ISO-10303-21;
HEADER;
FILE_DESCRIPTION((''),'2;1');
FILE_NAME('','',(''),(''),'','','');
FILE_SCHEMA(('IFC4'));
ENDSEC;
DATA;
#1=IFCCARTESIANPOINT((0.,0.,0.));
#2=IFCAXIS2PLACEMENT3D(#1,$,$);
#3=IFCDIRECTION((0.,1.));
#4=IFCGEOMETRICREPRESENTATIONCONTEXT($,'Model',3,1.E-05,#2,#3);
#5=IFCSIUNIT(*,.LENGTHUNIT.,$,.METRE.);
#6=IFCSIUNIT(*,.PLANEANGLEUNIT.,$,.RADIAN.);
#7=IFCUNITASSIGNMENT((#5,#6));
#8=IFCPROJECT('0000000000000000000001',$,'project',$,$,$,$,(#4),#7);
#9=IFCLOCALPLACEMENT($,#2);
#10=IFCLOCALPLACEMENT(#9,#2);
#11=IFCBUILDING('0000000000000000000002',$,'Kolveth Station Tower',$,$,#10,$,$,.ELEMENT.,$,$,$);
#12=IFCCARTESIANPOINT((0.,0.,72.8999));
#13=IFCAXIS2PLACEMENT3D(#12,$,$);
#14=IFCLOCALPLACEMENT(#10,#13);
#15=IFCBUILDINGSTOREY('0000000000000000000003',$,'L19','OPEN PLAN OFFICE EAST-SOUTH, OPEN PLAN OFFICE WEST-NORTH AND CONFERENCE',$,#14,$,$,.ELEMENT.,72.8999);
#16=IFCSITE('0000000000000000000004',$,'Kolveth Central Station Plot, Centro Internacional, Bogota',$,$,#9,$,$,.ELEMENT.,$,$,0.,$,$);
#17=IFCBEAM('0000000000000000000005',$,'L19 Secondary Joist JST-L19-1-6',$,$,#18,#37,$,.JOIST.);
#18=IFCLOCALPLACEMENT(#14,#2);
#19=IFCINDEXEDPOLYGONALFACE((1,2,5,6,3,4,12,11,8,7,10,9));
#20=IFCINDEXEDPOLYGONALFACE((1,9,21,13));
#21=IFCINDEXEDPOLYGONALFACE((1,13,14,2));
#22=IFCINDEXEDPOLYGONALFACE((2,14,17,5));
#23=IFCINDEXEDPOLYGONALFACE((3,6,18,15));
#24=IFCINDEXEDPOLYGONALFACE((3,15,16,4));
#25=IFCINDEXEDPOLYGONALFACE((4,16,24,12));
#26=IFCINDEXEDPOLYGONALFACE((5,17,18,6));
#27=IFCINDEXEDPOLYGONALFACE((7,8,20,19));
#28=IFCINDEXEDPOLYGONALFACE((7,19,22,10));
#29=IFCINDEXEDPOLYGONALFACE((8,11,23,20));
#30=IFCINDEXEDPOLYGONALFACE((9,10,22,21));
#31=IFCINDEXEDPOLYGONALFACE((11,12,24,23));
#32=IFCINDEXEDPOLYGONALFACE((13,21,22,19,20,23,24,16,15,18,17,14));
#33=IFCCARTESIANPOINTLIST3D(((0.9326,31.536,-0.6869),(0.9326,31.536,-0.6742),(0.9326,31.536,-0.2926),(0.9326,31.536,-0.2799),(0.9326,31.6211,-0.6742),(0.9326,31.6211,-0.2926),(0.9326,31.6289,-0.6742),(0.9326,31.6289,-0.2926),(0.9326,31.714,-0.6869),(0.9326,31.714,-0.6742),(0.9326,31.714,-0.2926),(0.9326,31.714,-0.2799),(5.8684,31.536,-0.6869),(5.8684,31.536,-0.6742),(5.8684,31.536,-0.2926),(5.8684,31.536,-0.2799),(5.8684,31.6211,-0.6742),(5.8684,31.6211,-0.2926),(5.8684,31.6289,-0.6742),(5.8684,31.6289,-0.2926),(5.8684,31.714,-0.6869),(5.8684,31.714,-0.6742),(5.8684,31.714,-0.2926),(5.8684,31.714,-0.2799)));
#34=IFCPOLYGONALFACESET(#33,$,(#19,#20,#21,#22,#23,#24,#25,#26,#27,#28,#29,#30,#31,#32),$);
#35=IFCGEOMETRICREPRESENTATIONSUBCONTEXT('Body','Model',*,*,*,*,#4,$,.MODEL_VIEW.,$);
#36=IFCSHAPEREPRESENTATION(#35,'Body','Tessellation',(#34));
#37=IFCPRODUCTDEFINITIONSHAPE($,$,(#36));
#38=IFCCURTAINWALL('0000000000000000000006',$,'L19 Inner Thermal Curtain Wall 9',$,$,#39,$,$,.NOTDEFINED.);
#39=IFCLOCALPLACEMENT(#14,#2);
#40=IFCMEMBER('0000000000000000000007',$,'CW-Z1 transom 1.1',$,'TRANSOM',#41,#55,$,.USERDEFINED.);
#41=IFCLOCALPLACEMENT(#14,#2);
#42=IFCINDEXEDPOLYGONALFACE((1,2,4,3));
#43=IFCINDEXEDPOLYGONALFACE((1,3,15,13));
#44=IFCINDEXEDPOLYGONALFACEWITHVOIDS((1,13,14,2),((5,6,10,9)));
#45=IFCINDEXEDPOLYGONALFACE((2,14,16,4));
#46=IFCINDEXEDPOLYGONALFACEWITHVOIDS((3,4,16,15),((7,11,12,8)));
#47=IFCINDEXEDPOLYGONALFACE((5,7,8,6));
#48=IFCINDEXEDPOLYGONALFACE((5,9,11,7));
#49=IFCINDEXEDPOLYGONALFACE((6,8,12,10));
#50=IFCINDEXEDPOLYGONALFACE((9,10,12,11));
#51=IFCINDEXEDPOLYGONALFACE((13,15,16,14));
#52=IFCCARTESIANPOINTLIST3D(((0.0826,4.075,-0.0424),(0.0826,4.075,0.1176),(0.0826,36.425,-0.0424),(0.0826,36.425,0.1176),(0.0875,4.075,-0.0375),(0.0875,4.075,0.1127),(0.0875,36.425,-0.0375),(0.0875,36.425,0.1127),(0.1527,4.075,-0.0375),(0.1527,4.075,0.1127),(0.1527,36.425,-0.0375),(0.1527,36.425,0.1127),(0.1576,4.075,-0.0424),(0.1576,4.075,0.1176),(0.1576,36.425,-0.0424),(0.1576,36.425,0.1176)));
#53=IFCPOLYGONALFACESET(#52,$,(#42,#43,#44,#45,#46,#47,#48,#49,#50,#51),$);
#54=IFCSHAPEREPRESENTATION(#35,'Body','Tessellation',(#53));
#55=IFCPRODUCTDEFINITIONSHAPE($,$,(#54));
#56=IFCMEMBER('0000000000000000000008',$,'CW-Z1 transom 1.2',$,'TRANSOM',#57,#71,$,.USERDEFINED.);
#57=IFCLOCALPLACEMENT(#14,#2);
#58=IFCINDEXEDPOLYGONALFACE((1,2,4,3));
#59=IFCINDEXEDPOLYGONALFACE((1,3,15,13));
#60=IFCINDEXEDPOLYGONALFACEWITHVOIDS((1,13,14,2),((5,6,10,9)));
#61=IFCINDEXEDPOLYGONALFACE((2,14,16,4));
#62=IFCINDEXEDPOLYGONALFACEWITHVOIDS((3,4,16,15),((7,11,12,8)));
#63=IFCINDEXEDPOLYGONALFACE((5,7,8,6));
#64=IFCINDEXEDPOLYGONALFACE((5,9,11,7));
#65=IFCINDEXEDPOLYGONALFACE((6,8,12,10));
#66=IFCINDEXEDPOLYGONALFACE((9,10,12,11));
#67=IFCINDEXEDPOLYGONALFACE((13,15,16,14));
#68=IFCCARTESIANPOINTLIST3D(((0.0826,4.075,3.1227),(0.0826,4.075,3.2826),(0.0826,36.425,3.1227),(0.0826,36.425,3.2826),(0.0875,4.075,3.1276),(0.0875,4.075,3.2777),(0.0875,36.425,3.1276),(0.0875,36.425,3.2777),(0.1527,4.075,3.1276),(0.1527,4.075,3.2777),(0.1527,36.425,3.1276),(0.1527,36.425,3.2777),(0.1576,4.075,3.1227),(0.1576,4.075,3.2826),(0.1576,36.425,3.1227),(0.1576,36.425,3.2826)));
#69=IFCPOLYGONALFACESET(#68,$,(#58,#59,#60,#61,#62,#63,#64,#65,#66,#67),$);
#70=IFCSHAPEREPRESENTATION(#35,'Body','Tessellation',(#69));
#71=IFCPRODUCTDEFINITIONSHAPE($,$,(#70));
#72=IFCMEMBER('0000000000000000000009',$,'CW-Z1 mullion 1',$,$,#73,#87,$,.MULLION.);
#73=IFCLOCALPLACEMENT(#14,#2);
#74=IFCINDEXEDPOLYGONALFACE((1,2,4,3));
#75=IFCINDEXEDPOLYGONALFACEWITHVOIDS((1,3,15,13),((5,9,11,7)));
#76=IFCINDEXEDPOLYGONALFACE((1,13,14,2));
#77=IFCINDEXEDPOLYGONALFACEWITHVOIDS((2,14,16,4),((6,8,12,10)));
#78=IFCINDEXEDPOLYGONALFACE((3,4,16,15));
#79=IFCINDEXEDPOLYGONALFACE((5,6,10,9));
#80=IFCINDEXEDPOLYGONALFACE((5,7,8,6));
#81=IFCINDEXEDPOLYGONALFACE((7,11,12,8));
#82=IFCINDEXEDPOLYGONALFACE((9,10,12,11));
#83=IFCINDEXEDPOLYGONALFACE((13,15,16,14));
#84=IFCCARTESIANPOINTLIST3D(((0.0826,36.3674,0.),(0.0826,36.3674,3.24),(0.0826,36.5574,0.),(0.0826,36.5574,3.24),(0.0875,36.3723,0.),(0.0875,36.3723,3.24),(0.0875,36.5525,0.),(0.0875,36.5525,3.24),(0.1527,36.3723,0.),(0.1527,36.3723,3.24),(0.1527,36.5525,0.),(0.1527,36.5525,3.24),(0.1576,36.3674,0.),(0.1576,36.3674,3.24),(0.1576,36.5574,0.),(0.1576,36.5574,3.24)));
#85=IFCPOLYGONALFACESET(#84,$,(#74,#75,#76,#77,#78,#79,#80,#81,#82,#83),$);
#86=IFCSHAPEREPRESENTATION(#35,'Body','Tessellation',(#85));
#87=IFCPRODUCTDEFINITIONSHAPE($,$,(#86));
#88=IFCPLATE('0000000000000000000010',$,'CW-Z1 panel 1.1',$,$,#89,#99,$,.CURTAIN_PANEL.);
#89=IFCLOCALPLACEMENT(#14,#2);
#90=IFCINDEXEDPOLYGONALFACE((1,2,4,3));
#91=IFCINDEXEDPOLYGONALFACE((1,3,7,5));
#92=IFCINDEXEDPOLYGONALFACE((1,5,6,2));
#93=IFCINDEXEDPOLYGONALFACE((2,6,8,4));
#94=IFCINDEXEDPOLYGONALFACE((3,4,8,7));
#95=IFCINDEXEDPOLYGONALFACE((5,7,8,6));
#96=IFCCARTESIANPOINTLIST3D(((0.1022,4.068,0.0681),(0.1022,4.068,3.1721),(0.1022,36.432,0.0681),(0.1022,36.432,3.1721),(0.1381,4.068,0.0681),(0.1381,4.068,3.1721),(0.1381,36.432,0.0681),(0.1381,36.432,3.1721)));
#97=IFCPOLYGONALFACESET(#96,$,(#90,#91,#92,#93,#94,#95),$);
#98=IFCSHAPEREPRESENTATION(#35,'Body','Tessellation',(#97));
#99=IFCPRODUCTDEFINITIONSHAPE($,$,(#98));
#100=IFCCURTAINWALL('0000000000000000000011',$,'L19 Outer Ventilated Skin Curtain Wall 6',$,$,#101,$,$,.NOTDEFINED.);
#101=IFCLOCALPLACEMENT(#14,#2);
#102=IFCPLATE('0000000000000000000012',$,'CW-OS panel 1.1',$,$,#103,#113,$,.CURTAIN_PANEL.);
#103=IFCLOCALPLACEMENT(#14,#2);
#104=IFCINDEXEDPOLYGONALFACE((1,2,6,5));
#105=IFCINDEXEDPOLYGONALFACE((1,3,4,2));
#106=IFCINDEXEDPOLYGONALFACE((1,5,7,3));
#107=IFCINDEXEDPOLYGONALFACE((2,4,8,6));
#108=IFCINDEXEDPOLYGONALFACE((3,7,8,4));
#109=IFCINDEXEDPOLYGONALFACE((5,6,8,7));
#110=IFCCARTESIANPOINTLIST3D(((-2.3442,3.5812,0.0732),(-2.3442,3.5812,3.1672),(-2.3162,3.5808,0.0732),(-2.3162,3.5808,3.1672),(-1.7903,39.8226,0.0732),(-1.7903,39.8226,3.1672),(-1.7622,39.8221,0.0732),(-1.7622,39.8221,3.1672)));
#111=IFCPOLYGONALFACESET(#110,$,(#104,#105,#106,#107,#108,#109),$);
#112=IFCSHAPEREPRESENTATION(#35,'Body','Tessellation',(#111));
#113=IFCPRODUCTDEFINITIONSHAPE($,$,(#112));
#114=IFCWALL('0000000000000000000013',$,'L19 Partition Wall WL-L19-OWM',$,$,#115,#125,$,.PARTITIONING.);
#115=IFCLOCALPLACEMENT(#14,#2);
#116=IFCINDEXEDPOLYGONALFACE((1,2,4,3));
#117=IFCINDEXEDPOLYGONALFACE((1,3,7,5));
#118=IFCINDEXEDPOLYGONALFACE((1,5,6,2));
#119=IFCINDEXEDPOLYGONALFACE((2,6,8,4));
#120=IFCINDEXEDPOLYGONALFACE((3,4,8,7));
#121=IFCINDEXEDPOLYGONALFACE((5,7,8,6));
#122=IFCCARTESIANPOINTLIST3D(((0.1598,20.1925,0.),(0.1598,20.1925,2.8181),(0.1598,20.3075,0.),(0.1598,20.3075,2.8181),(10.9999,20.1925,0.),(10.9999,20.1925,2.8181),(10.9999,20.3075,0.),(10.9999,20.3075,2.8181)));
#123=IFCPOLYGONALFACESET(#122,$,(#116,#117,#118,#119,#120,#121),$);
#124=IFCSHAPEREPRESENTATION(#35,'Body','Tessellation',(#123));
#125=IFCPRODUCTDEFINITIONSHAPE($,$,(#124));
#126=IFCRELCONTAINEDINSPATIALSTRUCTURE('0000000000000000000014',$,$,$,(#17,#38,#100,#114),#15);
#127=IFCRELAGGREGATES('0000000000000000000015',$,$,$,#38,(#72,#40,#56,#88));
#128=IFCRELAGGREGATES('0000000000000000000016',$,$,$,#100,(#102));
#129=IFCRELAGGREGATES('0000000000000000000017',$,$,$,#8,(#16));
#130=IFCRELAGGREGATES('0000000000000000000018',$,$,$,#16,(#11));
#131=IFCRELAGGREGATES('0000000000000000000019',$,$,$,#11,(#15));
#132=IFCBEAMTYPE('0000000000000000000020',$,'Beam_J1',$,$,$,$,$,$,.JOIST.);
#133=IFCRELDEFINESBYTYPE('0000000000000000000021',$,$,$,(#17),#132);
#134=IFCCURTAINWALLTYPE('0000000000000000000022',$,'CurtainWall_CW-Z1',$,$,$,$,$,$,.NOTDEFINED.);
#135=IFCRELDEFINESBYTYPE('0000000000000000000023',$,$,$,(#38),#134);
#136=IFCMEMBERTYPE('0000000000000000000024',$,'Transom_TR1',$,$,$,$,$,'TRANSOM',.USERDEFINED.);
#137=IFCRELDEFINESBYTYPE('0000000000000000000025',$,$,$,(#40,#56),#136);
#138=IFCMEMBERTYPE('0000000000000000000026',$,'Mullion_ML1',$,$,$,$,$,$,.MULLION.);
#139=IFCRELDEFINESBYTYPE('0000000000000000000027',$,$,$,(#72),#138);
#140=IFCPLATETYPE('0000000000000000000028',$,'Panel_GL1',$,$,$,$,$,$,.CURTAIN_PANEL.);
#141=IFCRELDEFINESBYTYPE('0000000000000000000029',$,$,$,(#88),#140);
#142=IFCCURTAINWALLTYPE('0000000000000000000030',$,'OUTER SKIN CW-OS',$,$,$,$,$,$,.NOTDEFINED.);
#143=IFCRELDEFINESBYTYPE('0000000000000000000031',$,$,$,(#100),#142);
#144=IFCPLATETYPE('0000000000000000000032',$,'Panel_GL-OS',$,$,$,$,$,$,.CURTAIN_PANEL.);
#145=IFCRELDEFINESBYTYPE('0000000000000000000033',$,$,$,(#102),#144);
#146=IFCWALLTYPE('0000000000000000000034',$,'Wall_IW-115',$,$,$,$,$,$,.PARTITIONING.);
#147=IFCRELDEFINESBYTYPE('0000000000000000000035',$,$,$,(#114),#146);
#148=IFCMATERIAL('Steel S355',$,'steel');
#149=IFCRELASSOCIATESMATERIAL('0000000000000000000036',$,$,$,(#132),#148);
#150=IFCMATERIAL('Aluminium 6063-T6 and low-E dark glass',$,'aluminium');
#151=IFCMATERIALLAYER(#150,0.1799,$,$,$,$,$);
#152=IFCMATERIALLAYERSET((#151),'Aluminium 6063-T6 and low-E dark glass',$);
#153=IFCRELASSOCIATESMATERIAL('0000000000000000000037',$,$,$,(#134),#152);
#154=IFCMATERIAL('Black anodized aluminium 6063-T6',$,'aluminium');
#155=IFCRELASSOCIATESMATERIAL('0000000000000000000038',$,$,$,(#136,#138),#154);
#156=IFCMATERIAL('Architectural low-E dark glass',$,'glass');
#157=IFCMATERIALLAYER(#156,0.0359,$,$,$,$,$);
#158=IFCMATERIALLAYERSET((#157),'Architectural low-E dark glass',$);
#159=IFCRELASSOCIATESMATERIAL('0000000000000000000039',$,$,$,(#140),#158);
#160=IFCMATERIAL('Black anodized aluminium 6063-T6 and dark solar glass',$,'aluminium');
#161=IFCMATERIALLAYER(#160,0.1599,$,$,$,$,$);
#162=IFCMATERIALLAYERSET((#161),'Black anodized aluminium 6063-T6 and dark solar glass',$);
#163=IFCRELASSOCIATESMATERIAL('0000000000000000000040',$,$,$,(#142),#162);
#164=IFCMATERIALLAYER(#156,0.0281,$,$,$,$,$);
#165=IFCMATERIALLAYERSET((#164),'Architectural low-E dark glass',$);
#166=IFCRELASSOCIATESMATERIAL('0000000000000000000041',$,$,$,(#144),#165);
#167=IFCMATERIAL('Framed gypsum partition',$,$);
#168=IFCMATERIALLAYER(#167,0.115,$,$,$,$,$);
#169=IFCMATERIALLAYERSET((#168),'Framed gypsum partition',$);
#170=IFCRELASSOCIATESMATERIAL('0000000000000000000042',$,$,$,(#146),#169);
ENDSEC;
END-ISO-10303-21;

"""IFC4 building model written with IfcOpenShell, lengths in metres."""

from ifc_helpers import new_model, si_unit, direction, frame, frame_2d, origin, origin_2d, place, context, subcontext, project, spatial, rectangle, hollow_rectangle, i_section, extrude, source, transform, mapped, material, layer, layer_set, material_profile, profile_set, type_object, element, aggregate, save


model = new_model("IFC4")

# Units and contexts
model_context = context("Model", 3, precision=1e-05, world=origin(), true_north=direction((0.0, 1.0)))
body_context = subcontext(model_context, "Body", "Model", "MODEL_VIEW")
ifc_project = project(units=[si_unit("LENGTHUNIT", "METRE"), si_unit("PLANEANGLEUNIT", "RADIAN")], contexts=[model_context])

# Site, building, storey
site_placement = place(None, origin())
site = spatial("IfcSite", under=ifc_project, at=site_placement, Name="Kolveth Central Station Plot, Centro Internacional, Bogota", CompositionType="ELEMENT", RefElevation=0.0)
building_placement = place(site_placement, origin())
building = spatial("IfcBuilding", under=site, at=building_placement, Name="Kolveth Station Tower", CompositionType="ELEMENT")
storey_placement = place(building_placement, frame((0.0, 0.0, 72.8999)))
storey = spatial("IfcBuildingStorey", under=building, at=storey_placement, Name="L19", Description="OPEN PLAN OFFICE EAST-SOUTH, OPEN PLAN OFFICE WEST-NORTH AND CONFERENCE", CompositionType="ELEMENT", Elevation=72.8999)

# Shared definitions
ifc_material_1 = material(Name="Steel S355", Category="steel")

# Beam
ifc_material_profile_1 = material_profile(ifc_material_1, i_section(OverallWidth=0.178, OverallDepth=0.407, WebThickness=0.0078, FlangeThickness=0.0127, at=origin_2d()), Name="W410x60")
ifc_profile_set_1 = profile_set([ifc_material_profile_1], Name="Steel S355")
beam_type_1 = type_object("IfcBeamType", Name="Beam_J1", PredefinedType="JOIST", material=ifc_profile_set_1)
shared_shape_1 = source(origin(), body_context, "Body", "SweptSolid", [
    extrude(i_section(OverallWidth=0.178, OverallDepth=0.407, WebThickness=0.0078, FlangeThickness=0.0127, at=origin_2d()), origin(), (0.0, 0.0, 1.0), 4.9358),
])
for number, where, z_axis, x_axis, name in (
    (1, (0.9326, 31.625, -0.4834), (1.0, 0.0, 0.0), (0.0, 1.0, 0.0), "L19 Secondary Joist JST-L19-1-6"),
):
    element("IfcBeam", number, at=place(storey_placement, frame(where, z_axis=z_axis, x_axis=x_axis)), inside=storey, type_object=beam_type_1, Name=name, PredefinedType="JOIST", context=body_context, shape_type="MappedRepresentation", body=[
        mapped(shared_shape_1, transform((0.0, 0.0, 0.0), x_axis=(1.0, 0.0, 0.0), y_axis=(0.0, 1.0, 0.0), z_axis=(0.0, 0.0, 1.0), scale=1.0)),
    ])

# Curtain wall, members, plate
ifc_material_2 = material(Name="Aluminium 6063-T6 and low-E dark glass", Category="aluminium")
ifc_layer_1 = layer(ifc_material_2, 0.1799)
ifc_layer_set_1 = layer_set([ifc_layer_1], Name="Aluminium 6063-T6 and low-E dark glass")
curtain_wall_type_1 = type_object("IfcCurtainWallType", Name="CurtainWall_CW-Z1", PredefinedType="NOTDEFINED", material=ifc_layer_set_1)
curtain_wall_1_placement = place(storey_placement, origin())
curtain_wall_1 = element("IfcCurtainWall", 2, at=curtain_wall_1_placement, inside=storey, type_object=curtain_wall_type_1, Name="L19 Inner Thermal Curtain Wall 9", PredefinedType="NOTDEFINED")
ifc_material_3 = material(Name="Black anodized aluminium 6063-T6", Category="aluminium")
ifc_material_profile_2 = material_profile(ifc_material_3, hollow_rectangle(XDim=0.075, YDim=0.1599, WallThickness=0.0049, at=origin_2d()), Name="ALU-75x160x5")
ifc_profile_set_2 = profile_set([ifc_material_profile_2], Name="Black anodized aluminium 6063-T6")
member_type_1 = type_object("IfcMemberType", Name="Transom_TR1", ElementType="TRANSOM", PredefinedType="USERDEFINED", material=ifc_profile_set_2)
shared_shape_2 = source(origin(), body_context, "Body", "SweptSolid", [
    extrude(hollow_rectangle(XDim=0.075, YDim=0.1599, WallThickness=0.0049, at=origin_2d()), origin(), (0.0, 0.0, 1.0), 32.3501),
])
member_1_placement = place(storey_placement, frame((0.1201, 36.425, 0.0376), z_axis=(0.0, -1.0, 0.0), x_axis=(1.0, 0.0, 0.0)))
member_1 = element("IfcMember", 3, at=member_1_placement, type_object=member_type_1, Name="CW-Z1 transom 1.1", ObjectType="TRANSOM", PredefinedType="USERDEFINED", context=body_context, shape_type="MappedRepresentation", body=[
    mapped(shared_shape_2, transform((0.0, 0.0, 0.0), x_axis=(1.0, 0.0, 0.0), y_axis=(0.0, 1.0, 0.0), z_axis=(0.0, 0.0, 1.0), scale=1.0)),
])
member_2_placement = place(storey_placement, frame((0.1201, 36.425, 3.2026), z_axis=(0.0, -1.0, 0.0), x_axis=(1.0, 0.0, 0.0)))
member_2 = element("IfcMember", 4, at=member_2_placement, type_object=member_type_1, Name="CW-Z1 transom 1.2", ObjectType="TRANSOM", PredefinedType="USERDEFINED", context=body_context, shape_type="MappedRepresentation", body=[
    mapped(shared_shape_2, transform((0.0, 0.0, 0.0), x_axis=(1.0, 0.0, 0.0), y_axis=(0.0, 1.0, 0.0), z_axis=(0.0, 0.0, 1.0), scale=1.0)),
])
ifc_material_profile_3 = material_profile(ifc_material_3, hollow_rectangle(XDim=0.075, YDim=0.1899, WallThickness=0.0049, at=origin_2d()), Name="ALU-75x190x5")
ifc_profile_set_3 = profile_set([ifc_material_profile_3], Name="Black anodized aluminium 6063-T6")
member_type_2 = type_object("IfcMemberType", Name="Mullion_ML1", PredefinedType="MULLION", material=ifc_profile_set_3)
shared_shape_3 = source(origin(), body_context, "Body", "SweptSolid", [
    extrude(hollow_rectangle(XDim=0.075, YDim=0.1899, WallThickness=0.0049, at=origin_2d()), origin(), (0.0, 0.0, 1.0), 3.24),
])
member_3_placement = place(storey_placement, frame((0.1201, 36.4624, 0.0), z_axis=(0.0, 0.0, 1.0), x_axis=(1.0, 0.0, 0.0)))
member_3 = element("IfcMember", 5, at=member_3_placement, type_object=member_type_2, Name="CW-Z1 mullion 1", PredefinedType="MULLION", context=body_context, shape_type="MappedRepresentation", body=[
    mapped(shared_shape_3, transform((0.0, 0.0, 0.0), x_axis=(1.0, 0.0, 0.0), y_axis=(0.0, 1.0, 0.0), z_axis=(0.0, 0.0, 1.0), scale=1.0)),
])
ifc_material_4 = material(Name="Architectural low-E dark glass", Category="glass")
ifc_layer_2 = layer(ifc_material_4, 0.0359)
ifc_layer_set_2 = layer_set([ifc_layer_2], Name="Architectural low-E dark glass")
plate_type_1 = type_object("IfcPlateType", Name="Panel_GL1", PredefinedType="CURTAIN_PANEL", material=ifc_layer_set_2)
shared_shape_4 = source(origin(), body_context, "Body", "SweptSolid", [
    extrude(rectangle(XDim=32.364, YDim=0.0359, at=origin_2d()), origin(), (0.0, 0.0, 1.0), 3.104),
])
plate_1_placement = place(storey_placement, frame((0.1201, 20.25, 0.0681), z_axis=(0.0, 0.0, 1.0), x_axis=(0.0, -1.0, 0.0)))
plate_1 = element("IfcPlate", 6, at=plate_1_placement, type_object=plate_type_1, Name="CW-Z1 panel 1.1", PredefinedType="CURTAIN_PANEL", context=body_context, shape_type="MappedRepresentation", body=[
    mapped(shared_shape_4, transform((0.0, 0.0, 0.0), x_axis=(1.0, 0.0, 0.0), y_axis=(0.0, 1.0, 0.0), z_axis=(0.0, 0.0, 1.0), scale=1.0)),
])
aggregate(curtain_wall_1, [member_3, member_1, member_2, plate_1])

# Curtain wall, plate
ifc_material_5 = material(Name="Black anodized aluminium 6063-T6 and dark solar glass", Category="aluminium")
ifc_layer_3 = layer(ifc_material_5, 0.1599)
ifc_layer_set_3 = layer_set([ifc_layer_3], Name="Black anodized aluminium 6063-T6 and dark solar glass")
curtain_wall_type_2 = type_object("IfcCurtainWallType", Name="OUTER SKIN CW-OS", PredefinedType="NOTDEFINED", material=ifc_layer_set_3)
curtain_wall_2_placement = place(storey_placement, origin())
curtain_wall_2 = element("IfcCurtainWall", 7, at=curtain_wall_2_placement, inside=storey, type_object=curtain_wall_type_2, Name="L19 Outer Ventilated Skin Curtain Wall 6", PredefinedType="NOTDEFINED")
ifc_layer_4 = layer(ifc_material_4, 0.0281)
ifc_layer_set_4 = layer_set([ifc_layer_4], Name="Architectural low-E dark glass")
plate_type_2 = type_object("IfcPlateType", Name="Panel_GL-OS", PredefinedType="CURTAIN_PANEL", material=ifc_layer_set_4)
shared_shape_5 = source(origin(), body_context, "Body", "SweptSolid", [
    extrude(rectangle(XDim=36.2456, YDim=0.0281, at=origin_2d()), origin(), (0.0, 0.0, 1.0), 3.094),
])
plate_2_placement = place(storey_placement, frame((-2.0532, 21.7017, 0.0732), z_axis=(0.0, 0.0, 1.0), x_axis=(-0.015284, -0.999883, 0.0)))
plate_2 = element("IfcPlate", 8, at=plate_2_placement, type_object=plate_type_2, Name="CW-OS panel 1.1", PredefinedType="CURTAIN_PANEL", context=body_context, shape_type="MappedRepresentation", body=[
    mapped(shared_shape_5, transform((0.0, 0.0, 0.0), x_axis=(1.0, 0.0, 0.0), y_axis=(0.0, 1.0, 0.0), z_axis=(0.0, 0.0, 1.0), scale=1.0)),
])
aggregate(curtain_wall_2, [plate_2])

# Wall
ifc_material_6 = material(Name="Framed gypsum partition")
ifc_layer_5 = layer(ifc_material_6, 0.115)
ifc_layer_set_5 = layer_set([ifc_layer_5], Name="Framed gypsum partition")
wall_type = type_object("IfcWallType", Name="Wall_IW-115", PredefinedType="PARTITIONING", material=ifc_layer_set_5)
wall_placement = place(storey_placement, frame((0.1599, 20.25, 0.0), z_axis=(0.0, 0.0, 1.0), x_axis=(1.0, 0.0, 0.0)))
element("IfcWall", 9, at=wall_placement, inside=storey, type_object=wall_type, Name="L19 Partition Wall WL-L19-OWM", PredefinedType="PARTITIONING", context=body_context, shape_type="SweptSolid", body=[
    extrude(rectangle(XDim=10.8401, YDim=0.115, at=frame_2d((5.4199, 0.0))), origin(), (0.0, 0.0, 1.0), 2.8181),
])

save(model, "model.ifc")
